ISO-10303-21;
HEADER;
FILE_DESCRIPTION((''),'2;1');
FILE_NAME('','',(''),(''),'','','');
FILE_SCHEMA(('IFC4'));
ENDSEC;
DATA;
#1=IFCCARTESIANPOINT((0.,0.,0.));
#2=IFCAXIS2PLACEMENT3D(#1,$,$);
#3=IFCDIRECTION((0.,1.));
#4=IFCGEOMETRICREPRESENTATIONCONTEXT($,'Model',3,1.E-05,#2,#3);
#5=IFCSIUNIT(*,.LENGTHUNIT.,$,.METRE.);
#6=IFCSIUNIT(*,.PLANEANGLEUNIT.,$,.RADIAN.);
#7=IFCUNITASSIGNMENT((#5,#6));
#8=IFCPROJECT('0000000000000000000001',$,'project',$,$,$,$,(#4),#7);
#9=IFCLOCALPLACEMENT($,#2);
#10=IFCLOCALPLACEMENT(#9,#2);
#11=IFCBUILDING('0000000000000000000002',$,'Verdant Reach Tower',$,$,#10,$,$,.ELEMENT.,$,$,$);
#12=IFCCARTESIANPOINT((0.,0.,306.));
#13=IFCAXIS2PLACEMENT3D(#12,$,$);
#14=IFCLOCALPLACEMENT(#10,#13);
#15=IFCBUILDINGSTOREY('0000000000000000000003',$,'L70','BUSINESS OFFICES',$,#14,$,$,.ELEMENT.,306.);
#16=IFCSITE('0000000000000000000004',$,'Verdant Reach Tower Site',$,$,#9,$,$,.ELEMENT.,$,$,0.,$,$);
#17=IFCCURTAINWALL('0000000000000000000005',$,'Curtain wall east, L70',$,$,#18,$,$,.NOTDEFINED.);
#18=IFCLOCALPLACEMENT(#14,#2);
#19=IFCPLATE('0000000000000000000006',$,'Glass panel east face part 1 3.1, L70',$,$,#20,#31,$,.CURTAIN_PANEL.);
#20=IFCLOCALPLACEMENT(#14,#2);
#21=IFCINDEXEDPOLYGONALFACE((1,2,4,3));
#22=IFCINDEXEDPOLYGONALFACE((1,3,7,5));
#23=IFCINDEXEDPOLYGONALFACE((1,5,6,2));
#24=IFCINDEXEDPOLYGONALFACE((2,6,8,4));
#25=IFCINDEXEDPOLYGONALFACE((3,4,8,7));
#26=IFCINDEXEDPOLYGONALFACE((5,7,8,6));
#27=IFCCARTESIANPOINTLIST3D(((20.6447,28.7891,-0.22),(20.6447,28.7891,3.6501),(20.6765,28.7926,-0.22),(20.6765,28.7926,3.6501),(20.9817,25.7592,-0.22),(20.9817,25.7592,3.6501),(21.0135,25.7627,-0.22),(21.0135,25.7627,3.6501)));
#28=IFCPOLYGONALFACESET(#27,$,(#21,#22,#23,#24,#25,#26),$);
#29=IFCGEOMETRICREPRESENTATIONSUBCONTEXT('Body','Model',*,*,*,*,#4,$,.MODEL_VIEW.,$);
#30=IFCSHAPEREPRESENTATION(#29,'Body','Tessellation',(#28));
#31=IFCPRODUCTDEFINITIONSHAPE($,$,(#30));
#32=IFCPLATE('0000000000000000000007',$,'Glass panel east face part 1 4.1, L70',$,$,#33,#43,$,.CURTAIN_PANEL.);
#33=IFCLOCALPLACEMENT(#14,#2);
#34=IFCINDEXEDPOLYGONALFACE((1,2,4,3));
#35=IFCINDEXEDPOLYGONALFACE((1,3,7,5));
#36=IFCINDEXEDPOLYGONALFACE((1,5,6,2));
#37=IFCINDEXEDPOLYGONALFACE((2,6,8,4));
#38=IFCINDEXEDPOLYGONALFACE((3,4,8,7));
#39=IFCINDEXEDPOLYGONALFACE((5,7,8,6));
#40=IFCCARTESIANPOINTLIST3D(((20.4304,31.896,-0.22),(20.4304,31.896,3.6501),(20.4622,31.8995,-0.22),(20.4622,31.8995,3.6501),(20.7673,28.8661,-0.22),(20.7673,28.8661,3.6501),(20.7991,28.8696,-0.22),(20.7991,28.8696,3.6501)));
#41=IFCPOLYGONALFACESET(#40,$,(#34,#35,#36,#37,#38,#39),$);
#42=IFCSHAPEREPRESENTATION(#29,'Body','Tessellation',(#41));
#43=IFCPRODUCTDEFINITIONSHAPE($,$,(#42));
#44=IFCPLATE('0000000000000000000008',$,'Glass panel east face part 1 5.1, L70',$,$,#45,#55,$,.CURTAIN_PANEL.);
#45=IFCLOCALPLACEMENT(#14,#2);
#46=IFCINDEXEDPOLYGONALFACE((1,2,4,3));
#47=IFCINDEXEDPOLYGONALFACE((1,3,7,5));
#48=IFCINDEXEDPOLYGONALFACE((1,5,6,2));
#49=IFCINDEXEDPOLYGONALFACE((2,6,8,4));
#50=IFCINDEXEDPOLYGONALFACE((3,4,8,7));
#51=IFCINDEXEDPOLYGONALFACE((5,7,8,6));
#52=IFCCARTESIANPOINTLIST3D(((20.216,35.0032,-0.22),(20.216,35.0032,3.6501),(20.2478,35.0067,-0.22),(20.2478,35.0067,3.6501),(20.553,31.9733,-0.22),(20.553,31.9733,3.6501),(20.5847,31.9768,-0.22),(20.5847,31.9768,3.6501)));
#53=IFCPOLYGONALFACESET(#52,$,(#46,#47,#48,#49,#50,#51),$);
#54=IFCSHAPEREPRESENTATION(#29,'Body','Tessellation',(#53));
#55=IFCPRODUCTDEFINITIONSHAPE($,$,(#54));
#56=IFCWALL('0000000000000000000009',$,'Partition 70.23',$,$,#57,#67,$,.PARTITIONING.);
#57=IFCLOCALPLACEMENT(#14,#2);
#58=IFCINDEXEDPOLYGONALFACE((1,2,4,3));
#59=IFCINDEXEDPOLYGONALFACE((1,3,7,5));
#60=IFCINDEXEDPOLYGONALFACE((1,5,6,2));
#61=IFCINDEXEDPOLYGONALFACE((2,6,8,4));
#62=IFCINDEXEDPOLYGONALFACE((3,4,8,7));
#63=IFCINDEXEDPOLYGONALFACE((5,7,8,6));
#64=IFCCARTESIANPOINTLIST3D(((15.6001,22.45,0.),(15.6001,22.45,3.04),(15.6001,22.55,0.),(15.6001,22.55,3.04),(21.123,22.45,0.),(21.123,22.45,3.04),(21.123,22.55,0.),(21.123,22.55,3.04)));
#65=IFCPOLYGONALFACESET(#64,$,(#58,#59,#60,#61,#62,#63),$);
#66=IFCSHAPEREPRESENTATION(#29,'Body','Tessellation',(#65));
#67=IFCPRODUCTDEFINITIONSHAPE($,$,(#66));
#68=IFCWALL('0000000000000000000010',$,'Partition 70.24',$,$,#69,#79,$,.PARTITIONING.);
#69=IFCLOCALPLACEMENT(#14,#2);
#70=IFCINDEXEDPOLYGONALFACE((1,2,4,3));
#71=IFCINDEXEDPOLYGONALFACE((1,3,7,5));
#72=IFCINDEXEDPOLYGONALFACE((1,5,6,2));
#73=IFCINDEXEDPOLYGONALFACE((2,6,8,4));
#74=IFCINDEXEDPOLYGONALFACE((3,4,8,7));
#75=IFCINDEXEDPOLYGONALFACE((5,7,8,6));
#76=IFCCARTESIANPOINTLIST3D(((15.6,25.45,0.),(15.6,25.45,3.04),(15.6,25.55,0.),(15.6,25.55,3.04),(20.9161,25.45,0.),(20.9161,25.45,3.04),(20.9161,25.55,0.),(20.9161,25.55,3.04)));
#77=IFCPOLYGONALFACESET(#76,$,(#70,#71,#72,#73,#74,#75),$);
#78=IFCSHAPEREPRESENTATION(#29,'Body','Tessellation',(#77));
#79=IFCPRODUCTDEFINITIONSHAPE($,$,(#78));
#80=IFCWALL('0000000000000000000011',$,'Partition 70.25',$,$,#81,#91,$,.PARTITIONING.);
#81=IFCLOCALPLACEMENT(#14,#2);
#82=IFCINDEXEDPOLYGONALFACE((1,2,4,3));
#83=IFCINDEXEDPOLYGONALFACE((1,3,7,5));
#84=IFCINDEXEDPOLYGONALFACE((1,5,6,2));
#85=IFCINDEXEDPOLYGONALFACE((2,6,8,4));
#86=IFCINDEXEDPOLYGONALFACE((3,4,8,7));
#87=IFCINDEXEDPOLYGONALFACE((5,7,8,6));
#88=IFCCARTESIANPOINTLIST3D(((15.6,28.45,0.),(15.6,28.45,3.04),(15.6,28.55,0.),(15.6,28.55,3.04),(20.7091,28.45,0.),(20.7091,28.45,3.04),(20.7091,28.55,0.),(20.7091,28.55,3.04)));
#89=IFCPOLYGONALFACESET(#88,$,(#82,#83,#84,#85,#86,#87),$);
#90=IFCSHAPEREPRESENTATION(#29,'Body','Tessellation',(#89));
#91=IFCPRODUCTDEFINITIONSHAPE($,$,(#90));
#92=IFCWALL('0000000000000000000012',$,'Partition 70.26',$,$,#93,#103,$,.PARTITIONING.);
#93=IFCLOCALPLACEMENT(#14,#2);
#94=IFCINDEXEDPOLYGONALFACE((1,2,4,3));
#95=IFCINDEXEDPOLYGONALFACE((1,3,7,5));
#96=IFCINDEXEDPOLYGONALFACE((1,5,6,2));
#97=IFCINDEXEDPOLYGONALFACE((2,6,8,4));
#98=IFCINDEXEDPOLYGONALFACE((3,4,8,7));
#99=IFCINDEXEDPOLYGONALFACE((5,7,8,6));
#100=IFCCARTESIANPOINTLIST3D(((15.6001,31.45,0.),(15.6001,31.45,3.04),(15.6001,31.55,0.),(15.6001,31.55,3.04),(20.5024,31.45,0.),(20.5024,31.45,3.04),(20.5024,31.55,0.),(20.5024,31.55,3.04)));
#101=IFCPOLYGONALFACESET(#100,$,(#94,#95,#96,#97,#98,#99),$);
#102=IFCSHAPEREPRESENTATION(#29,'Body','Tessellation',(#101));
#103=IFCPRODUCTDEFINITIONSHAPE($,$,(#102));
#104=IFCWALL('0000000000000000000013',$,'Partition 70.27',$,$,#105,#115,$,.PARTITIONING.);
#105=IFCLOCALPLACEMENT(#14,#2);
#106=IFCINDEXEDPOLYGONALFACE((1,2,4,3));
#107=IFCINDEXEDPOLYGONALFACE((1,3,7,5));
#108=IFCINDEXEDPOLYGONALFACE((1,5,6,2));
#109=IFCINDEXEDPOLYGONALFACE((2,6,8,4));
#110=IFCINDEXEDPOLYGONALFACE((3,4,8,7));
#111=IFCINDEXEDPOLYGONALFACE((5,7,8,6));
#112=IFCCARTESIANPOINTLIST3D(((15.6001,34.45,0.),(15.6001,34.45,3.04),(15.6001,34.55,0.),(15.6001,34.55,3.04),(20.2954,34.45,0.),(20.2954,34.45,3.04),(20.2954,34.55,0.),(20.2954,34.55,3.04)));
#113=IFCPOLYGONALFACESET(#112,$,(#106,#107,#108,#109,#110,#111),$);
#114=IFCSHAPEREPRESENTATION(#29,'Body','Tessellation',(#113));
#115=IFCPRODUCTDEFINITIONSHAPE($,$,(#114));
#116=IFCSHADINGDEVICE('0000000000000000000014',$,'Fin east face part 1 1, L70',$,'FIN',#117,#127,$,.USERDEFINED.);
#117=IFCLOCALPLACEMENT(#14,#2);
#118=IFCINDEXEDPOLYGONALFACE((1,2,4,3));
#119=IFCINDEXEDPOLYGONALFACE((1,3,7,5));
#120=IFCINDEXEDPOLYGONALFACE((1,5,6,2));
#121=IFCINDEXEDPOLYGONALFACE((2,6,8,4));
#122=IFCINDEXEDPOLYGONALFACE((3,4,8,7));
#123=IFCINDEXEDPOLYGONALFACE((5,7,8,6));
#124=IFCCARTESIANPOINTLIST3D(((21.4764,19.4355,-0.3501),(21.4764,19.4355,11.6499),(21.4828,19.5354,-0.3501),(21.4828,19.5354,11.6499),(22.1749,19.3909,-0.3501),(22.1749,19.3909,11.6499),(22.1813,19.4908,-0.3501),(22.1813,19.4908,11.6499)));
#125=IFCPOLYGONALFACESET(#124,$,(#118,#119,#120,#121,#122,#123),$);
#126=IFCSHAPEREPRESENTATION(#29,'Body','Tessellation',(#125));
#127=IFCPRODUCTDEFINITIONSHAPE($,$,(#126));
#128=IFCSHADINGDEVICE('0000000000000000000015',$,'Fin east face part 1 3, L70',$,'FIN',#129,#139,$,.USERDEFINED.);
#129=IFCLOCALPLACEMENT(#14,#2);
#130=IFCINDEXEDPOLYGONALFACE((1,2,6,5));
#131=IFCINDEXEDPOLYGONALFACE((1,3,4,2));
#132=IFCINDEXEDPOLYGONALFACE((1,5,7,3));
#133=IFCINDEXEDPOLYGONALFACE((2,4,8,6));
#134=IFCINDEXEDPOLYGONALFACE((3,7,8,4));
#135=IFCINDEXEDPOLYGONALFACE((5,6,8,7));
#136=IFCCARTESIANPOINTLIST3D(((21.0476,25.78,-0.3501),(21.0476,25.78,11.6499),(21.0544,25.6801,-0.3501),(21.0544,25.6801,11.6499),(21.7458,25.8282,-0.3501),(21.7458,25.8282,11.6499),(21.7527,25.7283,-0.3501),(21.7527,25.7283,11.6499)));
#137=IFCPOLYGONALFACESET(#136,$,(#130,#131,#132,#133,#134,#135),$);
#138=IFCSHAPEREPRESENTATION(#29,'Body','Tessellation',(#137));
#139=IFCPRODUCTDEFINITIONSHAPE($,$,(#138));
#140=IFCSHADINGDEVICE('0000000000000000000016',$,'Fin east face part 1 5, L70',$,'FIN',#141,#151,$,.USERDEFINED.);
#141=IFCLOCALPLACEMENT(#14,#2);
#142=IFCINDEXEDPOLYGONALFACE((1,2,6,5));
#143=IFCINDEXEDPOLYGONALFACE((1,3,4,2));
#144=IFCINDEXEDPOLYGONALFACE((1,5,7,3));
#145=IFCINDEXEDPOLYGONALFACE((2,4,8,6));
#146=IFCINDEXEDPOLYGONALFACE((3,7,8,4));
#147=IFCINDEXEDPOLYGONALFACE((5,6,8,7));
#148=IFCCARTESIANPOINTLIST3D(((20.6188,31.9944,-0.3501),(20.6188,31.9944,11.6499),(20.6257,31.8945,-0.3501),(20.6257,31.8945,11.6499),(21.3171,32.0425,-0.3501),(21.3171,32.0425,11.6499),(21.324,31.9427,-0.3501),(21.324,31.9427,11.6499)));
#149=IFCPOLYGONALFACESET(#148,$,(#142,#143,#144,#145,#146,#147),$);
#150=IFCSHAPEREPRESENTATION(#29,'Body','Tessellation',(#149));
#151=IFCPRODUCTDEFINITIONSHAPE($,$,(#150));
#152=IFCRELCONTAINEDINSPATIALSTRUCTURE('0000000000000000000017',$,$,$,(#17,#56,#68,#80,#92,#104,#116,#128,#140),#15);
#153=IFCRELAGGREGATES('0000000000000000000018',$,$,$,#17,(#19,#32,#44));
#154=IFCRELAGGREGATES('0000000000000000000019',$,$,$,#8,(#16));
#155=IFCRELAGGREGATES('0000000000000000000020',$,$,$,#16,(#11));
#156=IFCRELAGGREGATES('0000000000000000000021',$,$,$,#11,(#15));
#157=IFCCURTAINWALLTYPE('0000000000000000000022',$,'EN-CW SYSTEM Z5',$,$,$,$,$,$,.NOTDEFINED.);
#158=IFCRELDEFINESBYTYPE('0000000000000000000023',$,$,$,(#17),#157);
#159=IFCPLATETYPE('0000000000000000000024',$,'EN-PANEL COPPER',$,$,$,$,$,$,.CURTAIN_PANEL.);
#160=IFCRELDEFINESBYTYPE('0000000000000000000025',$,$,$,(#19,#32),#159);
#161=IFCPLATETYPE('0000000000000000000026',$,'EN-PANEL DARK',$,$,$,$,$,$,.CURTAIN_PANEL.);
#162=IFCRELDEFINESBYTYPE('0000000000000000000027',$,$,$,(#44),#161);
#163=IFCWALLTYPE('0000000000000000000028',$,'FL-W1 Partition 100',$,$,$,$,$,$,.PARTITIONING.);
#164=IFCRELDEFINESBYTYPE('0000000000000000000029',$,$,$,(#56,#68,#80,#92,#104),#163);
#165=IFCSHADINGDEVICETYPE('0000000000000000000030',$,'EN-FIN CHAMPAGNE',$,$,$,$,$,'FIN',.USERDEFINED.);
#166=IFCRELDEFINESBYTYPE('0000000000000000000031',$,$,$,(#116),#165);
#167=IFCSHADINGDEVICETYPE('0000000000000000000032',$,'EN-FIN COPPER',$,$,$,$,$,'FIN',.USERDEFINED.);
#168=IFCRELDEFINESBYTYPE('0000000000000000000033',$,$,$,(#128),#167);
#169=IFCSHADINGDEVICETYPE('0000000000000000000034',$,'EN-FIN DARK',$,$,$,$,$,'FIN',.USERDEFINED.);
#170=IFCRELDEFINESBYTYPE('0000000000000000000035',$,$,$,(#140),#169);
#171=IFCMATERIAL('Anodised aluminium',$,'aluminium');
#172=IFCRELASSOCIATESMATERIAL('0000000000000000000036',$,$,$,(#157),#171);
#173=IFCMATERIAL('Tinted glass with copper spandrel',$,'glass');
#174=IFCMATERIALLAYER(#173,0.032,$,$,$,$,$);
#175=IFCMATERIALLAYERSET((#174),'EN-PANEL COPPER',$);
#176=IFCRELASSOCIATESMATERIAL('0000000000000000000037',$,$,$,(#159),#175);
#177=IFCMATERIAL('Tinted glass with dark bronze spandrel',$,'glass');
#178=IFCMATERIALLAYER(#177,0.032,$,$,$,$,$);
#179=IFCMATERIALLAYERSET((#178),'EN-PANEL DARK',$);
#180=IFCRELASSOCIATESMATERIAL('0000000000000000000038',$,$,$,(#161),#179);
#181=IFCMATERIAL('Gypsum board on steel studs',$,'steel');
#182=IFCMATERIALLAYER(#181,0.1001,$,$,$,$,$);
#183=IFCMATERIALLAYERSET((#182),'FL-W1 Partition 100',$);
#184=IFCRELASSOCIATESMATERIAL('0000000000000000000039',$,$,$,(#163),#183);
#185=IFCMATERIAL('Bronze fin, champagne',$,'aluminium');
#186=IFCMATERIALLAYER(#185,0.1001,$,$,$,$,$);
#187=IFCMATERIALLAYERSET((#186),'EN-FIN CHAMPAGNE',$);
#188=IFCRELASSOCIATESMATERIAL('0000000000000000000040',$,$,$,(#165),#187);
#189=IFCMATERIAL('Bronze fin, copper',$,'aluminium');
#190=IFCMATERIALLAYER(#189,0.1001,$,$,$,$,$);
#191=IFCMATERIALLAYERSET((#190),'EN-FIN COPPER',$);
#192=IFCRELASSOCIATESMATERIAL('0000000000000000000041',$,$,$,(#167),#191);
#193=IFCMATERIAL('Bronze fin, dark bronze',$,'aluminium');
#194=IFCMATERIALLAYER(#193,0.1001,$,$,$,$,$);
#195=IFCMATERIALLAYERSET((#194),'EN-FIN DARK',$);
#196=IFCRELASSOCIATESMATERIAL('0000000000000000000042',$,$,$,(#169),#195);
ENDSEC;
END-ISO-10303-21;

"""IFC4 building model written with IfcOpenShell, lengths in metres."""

from ifc_helpers import new_model, si_unit, direction, frame, frame_2d, origin, origin_2d, place, context, subcontext, project, spatial, rectangle, extrude, material, layer, layer_set, type_object, element, aggregate, save


model = new_model("IFC4")

# Units and contexts
model_context = context("Model", 3, precision=1e-05, world=origin(), true_north=direction((0.0, 1.0)))
body_context = subcontext(model_context, "Body", "Model", "MODEL_VIEW")
ifc_project = project(units=[si_unit("LENGTHUNIT", "METRE"), si_unit("PLANEANGLEUNIT", "RADIAN")], contexts=[model_context])

# Site, building, storey
site_placement = place(None, origin())
site = spatial("IfcSite", under=ifc_project, at=site_placement, Name="Verdant Reach Tower Site", CompositionType="ELEMENT", RefElevation=0.0)
building_placement = place(site_placement, origin())
building = spatial("IfcBuilding", under=site, at=building_placement, Name="Verdant Reach Tower", CompositionType="ELEMENT")
storey_placement = place(building_placement, frame((0.0, 0.0, 306.0)))
storey = spatial("IfcBuildingStorey", under=building, at=storey_placement, Name="L70", Description="BUSINESS OFFICES", CompositionType="ELEMENT", Elevation=306.0)

# Curtain wall
ifc_material_1 = material(Name="Anodised aluminium", Category="aluminium")
curtain_wall_type = type_object("IfcCurtainWallType", Name="EN-CW SYSTEM Z5", PredefinedType="NOTDEFINED", material=ifc_material_1)
curtain_wall_placement = place(storey_placement, origin())
curtain_wall = element("IfcCurtainWall", 1, at=curtain_wall_placement, inside=storey, type_object=curtain_wall_type, Name="Curtain wall east, L70", PredefinedType="NOTDEFINED")

# Plates
ifc_material_2 = material(Name="Tinted glass with copper spandrel", Category="glass")
ifc_layer_1 = layer(ifc_material_2, 0.032)
ifc_layer_set_1 = layer_set([ifc_layer_1], Name="EN-PANEL COPPER")
plate_type_1 = type_object("IfcPlateType", Name="EN-PANEL COPPER", PredefinedType="CURTAIN_PANEL", material=ifc_layer_set_1)
plate_1_placement = place(storey_placement, frame((20.8291, 27.2759, -0.22), z_axis=(0.0, 0.0, 1.0), x_axis=(-0.110518, 0.993874, 0.0)))
plate_1 = element("IfcPlate", 2, at=plate_1_placement, type_object=plate_type_1, Name="Glass panel east face part 1 3.1, L70", PredefinedType="CURTAIN_PANEL", context=body_context, shape_type="SweptSolid", body=[
    extrude(rectangle(XDim=3.0486, YDim=0.032, at=origin_2d()), origin(), (0.0, 0.0, 1.0), 3.8701),
])
plate_2_placement = place(storey_placement, frame((20.6147, 30.3828, -0.22), z_axis=(0.0, 0.0, 1.0), x_axis=(-0.110518, 0.993874, 0.0)))
plate_2 = element("IfcPlate", 3, at=plate_2_placement, type_object=plate_type_1, Name="Glass panel east face part 1 4.1, L70", PredefinedType="CURTAIN_PANEL", context=body_context, shape_type="SweptSolid", body=[
    extrude(rectangle(XDim=3.0486, YDim=0.032, at=origin_2d()), origin(), (0.0, 0.0, 1.0), 3.8701),
])
ifc_material_3 = material(Name="Tinted glass with dark bronze spandrel", Category="glass")
ifc_layer_2 = layer(ifc_material_3, 0.032)
ifc_layer_set_2 = layer_set([ifc_layer_2], Name="EN-PANEL DARK")
plate_type_2 = type_object("IfcPlateType", Name="EN-PANEL DARK", PredefinedType="CURTAIN_PANEL", material=ifc_layer_set_2)
plate_3_placement = place(storey_placement, frame((20.4004, 33.49, -0.22), z_axis=(0.0, 0.0, 1.0), x_axis=(-0.110518, 0.993874, 0.0)))
plate_3 = element("IfcPlate", 4, at=plate_3_placement, type_object=plate_type_2, Name="Glass panel east face part 1 5.1, L70", PredefinedType="CURTAIN_PANEL", context=body_context, shape_type="SweptSolid", body=[
    extrude(rectangle(XDim=3.0486, YDim=0.032, at=origin_2d()), origin(), (0.0, 0.0, 1.0), 3.8701),
])
aggregate(curtain_wall, [plate_1, plate_2, plate_3])

# Walls
ifc_material_4 = material(Name="Gypsum board on steel studs", Category="steel")
ifc_layer_3 = layer(ifc_material_4, 0.1001)
ifc_layer_set_3 = layer_set([ifc_layer_3], Name="FL-W1 Partition 100")
wall_type = type_object("IfcWallType", Name="FL-W1 Partition 100", PredefinedType="PARTITIONING", material=ifc_layer_set_3)
wall_1_placement = place(storey_placement, frame((21.123, 22.5, 0.0), z_axis=(0.0, 0.0, 1.0), x_axis=(-1.0, 0.0, 0.0)))
element("IfcWall", 5, at=wall_1_placement, inside=storey, type_object=wall_type, Name="Partition 70.23", PredefinedType="PARTITIONING", context=body_context, shape_type="SweptSolid", body=[
    extrude(rectangle(XDim=5.5229, YDim=0.1001, at=frame_2d((2.7615, 0.0))), origin(), (0.0, 0.0, 1.0), 3.04),
])
wall_2_placement = place(storey_placement, frame((20.9163, 25.5, 0.0), z_axis=(0.0, 0.0, 1.0), x_axis=(-1.0, 0.0, 0.0)))
element("IfcWall", 6, at=wall_2_placement, inside=storey, type_object=wall_type, Name="Partition 70.24", PredefinedType="PARTITIONING", context=body_context, shape_type="SweptSolid", body=[
    extrude(rectangle(XDim=5.3162, YDim=0.1001, at=frame_2d((2.6582, 0.0))), origin(), (0.0, 0.0, 1.0), 3.04),
])
wall_3_placement = place(storey_placement, frame((20.7092, 28.5, 0.0), z_axis=(0.0, 0.0, 1.0), x_axis=(-1.0, 0.0, 0.0)))
element("IfcWall", 7, at=wall_3_placement, inside=storey, type_object=wall_type, Name="Partition 70.25", PredefinedType="PARTITIONING", context=body_context, shape_type="SweptSolid", body=[
    extrude(rectangle(XDim=5.1091, YDim=0.1001, at=frame_2d((2.5547, 0.0))), origin(), (0.0, 0.0, 1.0), 3.04),
])
wall_4_placement = place(storey_placement, frame((20.5024, 31.5, 0.0), z_axis=(0.0, 0.0, 1.0), x_axis=(-1.0, 0.0, 0.0)))
element("IfcWall", 8, at=wall_4_placement, inside=storey, type_object=wall_type, Name="Partition 70.26", PredefinedType="PARTITIONING", context=body_context, shape_type="SweptSolid", body=[
    extrude(rectangle(XDim=4.9023, YDim=0.1001, at=frame_2d((2.4512, 0.0))), origin(), (0.0, 0.0, 1.0), 3.04),
])
wall_5_placement = place(storey_placement, frame((20.2954, 34.5, 0.0), z_axis=(0.0, 0.0, 1.0), x_axis=(-1.0, 0.0, 0.0)))
element("IfcWall", 9, at=wall_5_placement, inside=storey, type_object=wall_type, Name="Partition 70.27", PredefinedType="PARTITIONING", context=body_context, shape_type="SweptSolid", body=[
    extrude(rectangle(XDim=4.6953, YDim=0.1001, at=frame_2d((2.3477, 0.0))), origin(), (0.0, 0.0, 1.0), 3.04),
])

# Shading devices
ifc_material_5 = material(Name="Bronze fin, champagne", Category="aluminium")
ifc_layer_4 = layer(ifc_material_5, 0.1001)
ifc_layer_set_4 = layer_set([ifc_layer_4], Name="EN-FIN CHAMPAGNE")
shading_device_type_1 = type_object("IfcShadingDeviceType", Name="EN-FIN CHAMPAGNE", ElementType="FIN", PredefinedType="USERDEFINED", material=ifc_layer_set_4)
shading_device_1_placement = place(storey_placement, frame((21.8289, 19.4631, -0.3501), z_axis=(0.0, 0.0, 1.0), x_axis=(0.063699, 0.997969, 0.0)))
element("IfcShadingDevice", 10, at=shading_device_1_placement, inside=storey, type_object=shading_device_type_1, Name="Fin east face part 1 1, L70", ObjectType="FIN", PredefinedType="USERDEFINED", context=body_context, shape_type="SweptSolid", body=[
    extrude(rectangle(XDim=0.1001, YDim=0.7, at=origin_2d()), origin(), (0.0, 0.0, 1.0), 12.0),
])
ifc_material_6 = material(Name="Bronze fin, copper", Category="aluminium")
ifc_layer_5 = layer(ifc_material_6, 0.1001)
ifc_layer_set_5 = layer_set([ifc_layer_5], Name="EN-FIN COPPER")
shading_device_type_2 = type_object("IfcShadingDeviceType", Name="EN-FIN COPPER", ElementType="FIN", PredefinedType="USERDEFINED", material=ifc_layer_set_5)
shading_device_2_placement = place(storey_placement, frame((21.4001, 25.7542, -0.3501), z_axis=(0.0, 0.0, 1.0), x_axis=(-0.068802, 0.99763, 0.0)))
element("IfcShadingDevice", 11, at=shading_device_2_placement, inside=storey, type_object=shading_device_type_2, Name="Fin east face part 1 3, L70", ObjectType="FIN", PredefinedType="USERDEFINED", context=body_context, shape_type="SweptSolid", body=[
    extrude(rectangle(XDim=0.1001, YDim=0.7, at=origin_2d()), origin(), (0.0, 0.0, 1.0), 12.0),
])
ifc_material_7 = material(Name="Bronze fin, dark bronze", Category="aluminium")
ifc_layer_6 = layer(ifc_material_7, 0.1001)
ifc_layer_set_6 = layer_set([ifc_layer_6], Name="EN-FIN DARK")
shading_device_type_3 = type_object("IfcShadingDeviceType", Name="EN-FIN DARK", ElementType="FIN", PredefinedType="USERDEFINED", material=ifc_layer_set_6)
shading_device_3_placement = place(storey_placement, frame((20.9714, 31.9685, -0.3501), z_axis=(0.0, 0.0, 1.0), x_axis=(-0.068802, 0.99763, 0.0)))
element("IfcShadingDevice", 12, at=shading_device_3_placement, inside=storey, type_object=shading_device_type_3, Name="Fin east face part 1 5, L70", ObjectType="FIN", PredefinedType="USERDEFINED", context=body_context, shape_type="SweptSolid", body=[
    extrude(rectangle(XDim=0.1001, YDim=0.7, at=origin_2d()), origin(), (0.0, 0.0, 1.0), 12.0),
])

save(model, "model.ifc")
